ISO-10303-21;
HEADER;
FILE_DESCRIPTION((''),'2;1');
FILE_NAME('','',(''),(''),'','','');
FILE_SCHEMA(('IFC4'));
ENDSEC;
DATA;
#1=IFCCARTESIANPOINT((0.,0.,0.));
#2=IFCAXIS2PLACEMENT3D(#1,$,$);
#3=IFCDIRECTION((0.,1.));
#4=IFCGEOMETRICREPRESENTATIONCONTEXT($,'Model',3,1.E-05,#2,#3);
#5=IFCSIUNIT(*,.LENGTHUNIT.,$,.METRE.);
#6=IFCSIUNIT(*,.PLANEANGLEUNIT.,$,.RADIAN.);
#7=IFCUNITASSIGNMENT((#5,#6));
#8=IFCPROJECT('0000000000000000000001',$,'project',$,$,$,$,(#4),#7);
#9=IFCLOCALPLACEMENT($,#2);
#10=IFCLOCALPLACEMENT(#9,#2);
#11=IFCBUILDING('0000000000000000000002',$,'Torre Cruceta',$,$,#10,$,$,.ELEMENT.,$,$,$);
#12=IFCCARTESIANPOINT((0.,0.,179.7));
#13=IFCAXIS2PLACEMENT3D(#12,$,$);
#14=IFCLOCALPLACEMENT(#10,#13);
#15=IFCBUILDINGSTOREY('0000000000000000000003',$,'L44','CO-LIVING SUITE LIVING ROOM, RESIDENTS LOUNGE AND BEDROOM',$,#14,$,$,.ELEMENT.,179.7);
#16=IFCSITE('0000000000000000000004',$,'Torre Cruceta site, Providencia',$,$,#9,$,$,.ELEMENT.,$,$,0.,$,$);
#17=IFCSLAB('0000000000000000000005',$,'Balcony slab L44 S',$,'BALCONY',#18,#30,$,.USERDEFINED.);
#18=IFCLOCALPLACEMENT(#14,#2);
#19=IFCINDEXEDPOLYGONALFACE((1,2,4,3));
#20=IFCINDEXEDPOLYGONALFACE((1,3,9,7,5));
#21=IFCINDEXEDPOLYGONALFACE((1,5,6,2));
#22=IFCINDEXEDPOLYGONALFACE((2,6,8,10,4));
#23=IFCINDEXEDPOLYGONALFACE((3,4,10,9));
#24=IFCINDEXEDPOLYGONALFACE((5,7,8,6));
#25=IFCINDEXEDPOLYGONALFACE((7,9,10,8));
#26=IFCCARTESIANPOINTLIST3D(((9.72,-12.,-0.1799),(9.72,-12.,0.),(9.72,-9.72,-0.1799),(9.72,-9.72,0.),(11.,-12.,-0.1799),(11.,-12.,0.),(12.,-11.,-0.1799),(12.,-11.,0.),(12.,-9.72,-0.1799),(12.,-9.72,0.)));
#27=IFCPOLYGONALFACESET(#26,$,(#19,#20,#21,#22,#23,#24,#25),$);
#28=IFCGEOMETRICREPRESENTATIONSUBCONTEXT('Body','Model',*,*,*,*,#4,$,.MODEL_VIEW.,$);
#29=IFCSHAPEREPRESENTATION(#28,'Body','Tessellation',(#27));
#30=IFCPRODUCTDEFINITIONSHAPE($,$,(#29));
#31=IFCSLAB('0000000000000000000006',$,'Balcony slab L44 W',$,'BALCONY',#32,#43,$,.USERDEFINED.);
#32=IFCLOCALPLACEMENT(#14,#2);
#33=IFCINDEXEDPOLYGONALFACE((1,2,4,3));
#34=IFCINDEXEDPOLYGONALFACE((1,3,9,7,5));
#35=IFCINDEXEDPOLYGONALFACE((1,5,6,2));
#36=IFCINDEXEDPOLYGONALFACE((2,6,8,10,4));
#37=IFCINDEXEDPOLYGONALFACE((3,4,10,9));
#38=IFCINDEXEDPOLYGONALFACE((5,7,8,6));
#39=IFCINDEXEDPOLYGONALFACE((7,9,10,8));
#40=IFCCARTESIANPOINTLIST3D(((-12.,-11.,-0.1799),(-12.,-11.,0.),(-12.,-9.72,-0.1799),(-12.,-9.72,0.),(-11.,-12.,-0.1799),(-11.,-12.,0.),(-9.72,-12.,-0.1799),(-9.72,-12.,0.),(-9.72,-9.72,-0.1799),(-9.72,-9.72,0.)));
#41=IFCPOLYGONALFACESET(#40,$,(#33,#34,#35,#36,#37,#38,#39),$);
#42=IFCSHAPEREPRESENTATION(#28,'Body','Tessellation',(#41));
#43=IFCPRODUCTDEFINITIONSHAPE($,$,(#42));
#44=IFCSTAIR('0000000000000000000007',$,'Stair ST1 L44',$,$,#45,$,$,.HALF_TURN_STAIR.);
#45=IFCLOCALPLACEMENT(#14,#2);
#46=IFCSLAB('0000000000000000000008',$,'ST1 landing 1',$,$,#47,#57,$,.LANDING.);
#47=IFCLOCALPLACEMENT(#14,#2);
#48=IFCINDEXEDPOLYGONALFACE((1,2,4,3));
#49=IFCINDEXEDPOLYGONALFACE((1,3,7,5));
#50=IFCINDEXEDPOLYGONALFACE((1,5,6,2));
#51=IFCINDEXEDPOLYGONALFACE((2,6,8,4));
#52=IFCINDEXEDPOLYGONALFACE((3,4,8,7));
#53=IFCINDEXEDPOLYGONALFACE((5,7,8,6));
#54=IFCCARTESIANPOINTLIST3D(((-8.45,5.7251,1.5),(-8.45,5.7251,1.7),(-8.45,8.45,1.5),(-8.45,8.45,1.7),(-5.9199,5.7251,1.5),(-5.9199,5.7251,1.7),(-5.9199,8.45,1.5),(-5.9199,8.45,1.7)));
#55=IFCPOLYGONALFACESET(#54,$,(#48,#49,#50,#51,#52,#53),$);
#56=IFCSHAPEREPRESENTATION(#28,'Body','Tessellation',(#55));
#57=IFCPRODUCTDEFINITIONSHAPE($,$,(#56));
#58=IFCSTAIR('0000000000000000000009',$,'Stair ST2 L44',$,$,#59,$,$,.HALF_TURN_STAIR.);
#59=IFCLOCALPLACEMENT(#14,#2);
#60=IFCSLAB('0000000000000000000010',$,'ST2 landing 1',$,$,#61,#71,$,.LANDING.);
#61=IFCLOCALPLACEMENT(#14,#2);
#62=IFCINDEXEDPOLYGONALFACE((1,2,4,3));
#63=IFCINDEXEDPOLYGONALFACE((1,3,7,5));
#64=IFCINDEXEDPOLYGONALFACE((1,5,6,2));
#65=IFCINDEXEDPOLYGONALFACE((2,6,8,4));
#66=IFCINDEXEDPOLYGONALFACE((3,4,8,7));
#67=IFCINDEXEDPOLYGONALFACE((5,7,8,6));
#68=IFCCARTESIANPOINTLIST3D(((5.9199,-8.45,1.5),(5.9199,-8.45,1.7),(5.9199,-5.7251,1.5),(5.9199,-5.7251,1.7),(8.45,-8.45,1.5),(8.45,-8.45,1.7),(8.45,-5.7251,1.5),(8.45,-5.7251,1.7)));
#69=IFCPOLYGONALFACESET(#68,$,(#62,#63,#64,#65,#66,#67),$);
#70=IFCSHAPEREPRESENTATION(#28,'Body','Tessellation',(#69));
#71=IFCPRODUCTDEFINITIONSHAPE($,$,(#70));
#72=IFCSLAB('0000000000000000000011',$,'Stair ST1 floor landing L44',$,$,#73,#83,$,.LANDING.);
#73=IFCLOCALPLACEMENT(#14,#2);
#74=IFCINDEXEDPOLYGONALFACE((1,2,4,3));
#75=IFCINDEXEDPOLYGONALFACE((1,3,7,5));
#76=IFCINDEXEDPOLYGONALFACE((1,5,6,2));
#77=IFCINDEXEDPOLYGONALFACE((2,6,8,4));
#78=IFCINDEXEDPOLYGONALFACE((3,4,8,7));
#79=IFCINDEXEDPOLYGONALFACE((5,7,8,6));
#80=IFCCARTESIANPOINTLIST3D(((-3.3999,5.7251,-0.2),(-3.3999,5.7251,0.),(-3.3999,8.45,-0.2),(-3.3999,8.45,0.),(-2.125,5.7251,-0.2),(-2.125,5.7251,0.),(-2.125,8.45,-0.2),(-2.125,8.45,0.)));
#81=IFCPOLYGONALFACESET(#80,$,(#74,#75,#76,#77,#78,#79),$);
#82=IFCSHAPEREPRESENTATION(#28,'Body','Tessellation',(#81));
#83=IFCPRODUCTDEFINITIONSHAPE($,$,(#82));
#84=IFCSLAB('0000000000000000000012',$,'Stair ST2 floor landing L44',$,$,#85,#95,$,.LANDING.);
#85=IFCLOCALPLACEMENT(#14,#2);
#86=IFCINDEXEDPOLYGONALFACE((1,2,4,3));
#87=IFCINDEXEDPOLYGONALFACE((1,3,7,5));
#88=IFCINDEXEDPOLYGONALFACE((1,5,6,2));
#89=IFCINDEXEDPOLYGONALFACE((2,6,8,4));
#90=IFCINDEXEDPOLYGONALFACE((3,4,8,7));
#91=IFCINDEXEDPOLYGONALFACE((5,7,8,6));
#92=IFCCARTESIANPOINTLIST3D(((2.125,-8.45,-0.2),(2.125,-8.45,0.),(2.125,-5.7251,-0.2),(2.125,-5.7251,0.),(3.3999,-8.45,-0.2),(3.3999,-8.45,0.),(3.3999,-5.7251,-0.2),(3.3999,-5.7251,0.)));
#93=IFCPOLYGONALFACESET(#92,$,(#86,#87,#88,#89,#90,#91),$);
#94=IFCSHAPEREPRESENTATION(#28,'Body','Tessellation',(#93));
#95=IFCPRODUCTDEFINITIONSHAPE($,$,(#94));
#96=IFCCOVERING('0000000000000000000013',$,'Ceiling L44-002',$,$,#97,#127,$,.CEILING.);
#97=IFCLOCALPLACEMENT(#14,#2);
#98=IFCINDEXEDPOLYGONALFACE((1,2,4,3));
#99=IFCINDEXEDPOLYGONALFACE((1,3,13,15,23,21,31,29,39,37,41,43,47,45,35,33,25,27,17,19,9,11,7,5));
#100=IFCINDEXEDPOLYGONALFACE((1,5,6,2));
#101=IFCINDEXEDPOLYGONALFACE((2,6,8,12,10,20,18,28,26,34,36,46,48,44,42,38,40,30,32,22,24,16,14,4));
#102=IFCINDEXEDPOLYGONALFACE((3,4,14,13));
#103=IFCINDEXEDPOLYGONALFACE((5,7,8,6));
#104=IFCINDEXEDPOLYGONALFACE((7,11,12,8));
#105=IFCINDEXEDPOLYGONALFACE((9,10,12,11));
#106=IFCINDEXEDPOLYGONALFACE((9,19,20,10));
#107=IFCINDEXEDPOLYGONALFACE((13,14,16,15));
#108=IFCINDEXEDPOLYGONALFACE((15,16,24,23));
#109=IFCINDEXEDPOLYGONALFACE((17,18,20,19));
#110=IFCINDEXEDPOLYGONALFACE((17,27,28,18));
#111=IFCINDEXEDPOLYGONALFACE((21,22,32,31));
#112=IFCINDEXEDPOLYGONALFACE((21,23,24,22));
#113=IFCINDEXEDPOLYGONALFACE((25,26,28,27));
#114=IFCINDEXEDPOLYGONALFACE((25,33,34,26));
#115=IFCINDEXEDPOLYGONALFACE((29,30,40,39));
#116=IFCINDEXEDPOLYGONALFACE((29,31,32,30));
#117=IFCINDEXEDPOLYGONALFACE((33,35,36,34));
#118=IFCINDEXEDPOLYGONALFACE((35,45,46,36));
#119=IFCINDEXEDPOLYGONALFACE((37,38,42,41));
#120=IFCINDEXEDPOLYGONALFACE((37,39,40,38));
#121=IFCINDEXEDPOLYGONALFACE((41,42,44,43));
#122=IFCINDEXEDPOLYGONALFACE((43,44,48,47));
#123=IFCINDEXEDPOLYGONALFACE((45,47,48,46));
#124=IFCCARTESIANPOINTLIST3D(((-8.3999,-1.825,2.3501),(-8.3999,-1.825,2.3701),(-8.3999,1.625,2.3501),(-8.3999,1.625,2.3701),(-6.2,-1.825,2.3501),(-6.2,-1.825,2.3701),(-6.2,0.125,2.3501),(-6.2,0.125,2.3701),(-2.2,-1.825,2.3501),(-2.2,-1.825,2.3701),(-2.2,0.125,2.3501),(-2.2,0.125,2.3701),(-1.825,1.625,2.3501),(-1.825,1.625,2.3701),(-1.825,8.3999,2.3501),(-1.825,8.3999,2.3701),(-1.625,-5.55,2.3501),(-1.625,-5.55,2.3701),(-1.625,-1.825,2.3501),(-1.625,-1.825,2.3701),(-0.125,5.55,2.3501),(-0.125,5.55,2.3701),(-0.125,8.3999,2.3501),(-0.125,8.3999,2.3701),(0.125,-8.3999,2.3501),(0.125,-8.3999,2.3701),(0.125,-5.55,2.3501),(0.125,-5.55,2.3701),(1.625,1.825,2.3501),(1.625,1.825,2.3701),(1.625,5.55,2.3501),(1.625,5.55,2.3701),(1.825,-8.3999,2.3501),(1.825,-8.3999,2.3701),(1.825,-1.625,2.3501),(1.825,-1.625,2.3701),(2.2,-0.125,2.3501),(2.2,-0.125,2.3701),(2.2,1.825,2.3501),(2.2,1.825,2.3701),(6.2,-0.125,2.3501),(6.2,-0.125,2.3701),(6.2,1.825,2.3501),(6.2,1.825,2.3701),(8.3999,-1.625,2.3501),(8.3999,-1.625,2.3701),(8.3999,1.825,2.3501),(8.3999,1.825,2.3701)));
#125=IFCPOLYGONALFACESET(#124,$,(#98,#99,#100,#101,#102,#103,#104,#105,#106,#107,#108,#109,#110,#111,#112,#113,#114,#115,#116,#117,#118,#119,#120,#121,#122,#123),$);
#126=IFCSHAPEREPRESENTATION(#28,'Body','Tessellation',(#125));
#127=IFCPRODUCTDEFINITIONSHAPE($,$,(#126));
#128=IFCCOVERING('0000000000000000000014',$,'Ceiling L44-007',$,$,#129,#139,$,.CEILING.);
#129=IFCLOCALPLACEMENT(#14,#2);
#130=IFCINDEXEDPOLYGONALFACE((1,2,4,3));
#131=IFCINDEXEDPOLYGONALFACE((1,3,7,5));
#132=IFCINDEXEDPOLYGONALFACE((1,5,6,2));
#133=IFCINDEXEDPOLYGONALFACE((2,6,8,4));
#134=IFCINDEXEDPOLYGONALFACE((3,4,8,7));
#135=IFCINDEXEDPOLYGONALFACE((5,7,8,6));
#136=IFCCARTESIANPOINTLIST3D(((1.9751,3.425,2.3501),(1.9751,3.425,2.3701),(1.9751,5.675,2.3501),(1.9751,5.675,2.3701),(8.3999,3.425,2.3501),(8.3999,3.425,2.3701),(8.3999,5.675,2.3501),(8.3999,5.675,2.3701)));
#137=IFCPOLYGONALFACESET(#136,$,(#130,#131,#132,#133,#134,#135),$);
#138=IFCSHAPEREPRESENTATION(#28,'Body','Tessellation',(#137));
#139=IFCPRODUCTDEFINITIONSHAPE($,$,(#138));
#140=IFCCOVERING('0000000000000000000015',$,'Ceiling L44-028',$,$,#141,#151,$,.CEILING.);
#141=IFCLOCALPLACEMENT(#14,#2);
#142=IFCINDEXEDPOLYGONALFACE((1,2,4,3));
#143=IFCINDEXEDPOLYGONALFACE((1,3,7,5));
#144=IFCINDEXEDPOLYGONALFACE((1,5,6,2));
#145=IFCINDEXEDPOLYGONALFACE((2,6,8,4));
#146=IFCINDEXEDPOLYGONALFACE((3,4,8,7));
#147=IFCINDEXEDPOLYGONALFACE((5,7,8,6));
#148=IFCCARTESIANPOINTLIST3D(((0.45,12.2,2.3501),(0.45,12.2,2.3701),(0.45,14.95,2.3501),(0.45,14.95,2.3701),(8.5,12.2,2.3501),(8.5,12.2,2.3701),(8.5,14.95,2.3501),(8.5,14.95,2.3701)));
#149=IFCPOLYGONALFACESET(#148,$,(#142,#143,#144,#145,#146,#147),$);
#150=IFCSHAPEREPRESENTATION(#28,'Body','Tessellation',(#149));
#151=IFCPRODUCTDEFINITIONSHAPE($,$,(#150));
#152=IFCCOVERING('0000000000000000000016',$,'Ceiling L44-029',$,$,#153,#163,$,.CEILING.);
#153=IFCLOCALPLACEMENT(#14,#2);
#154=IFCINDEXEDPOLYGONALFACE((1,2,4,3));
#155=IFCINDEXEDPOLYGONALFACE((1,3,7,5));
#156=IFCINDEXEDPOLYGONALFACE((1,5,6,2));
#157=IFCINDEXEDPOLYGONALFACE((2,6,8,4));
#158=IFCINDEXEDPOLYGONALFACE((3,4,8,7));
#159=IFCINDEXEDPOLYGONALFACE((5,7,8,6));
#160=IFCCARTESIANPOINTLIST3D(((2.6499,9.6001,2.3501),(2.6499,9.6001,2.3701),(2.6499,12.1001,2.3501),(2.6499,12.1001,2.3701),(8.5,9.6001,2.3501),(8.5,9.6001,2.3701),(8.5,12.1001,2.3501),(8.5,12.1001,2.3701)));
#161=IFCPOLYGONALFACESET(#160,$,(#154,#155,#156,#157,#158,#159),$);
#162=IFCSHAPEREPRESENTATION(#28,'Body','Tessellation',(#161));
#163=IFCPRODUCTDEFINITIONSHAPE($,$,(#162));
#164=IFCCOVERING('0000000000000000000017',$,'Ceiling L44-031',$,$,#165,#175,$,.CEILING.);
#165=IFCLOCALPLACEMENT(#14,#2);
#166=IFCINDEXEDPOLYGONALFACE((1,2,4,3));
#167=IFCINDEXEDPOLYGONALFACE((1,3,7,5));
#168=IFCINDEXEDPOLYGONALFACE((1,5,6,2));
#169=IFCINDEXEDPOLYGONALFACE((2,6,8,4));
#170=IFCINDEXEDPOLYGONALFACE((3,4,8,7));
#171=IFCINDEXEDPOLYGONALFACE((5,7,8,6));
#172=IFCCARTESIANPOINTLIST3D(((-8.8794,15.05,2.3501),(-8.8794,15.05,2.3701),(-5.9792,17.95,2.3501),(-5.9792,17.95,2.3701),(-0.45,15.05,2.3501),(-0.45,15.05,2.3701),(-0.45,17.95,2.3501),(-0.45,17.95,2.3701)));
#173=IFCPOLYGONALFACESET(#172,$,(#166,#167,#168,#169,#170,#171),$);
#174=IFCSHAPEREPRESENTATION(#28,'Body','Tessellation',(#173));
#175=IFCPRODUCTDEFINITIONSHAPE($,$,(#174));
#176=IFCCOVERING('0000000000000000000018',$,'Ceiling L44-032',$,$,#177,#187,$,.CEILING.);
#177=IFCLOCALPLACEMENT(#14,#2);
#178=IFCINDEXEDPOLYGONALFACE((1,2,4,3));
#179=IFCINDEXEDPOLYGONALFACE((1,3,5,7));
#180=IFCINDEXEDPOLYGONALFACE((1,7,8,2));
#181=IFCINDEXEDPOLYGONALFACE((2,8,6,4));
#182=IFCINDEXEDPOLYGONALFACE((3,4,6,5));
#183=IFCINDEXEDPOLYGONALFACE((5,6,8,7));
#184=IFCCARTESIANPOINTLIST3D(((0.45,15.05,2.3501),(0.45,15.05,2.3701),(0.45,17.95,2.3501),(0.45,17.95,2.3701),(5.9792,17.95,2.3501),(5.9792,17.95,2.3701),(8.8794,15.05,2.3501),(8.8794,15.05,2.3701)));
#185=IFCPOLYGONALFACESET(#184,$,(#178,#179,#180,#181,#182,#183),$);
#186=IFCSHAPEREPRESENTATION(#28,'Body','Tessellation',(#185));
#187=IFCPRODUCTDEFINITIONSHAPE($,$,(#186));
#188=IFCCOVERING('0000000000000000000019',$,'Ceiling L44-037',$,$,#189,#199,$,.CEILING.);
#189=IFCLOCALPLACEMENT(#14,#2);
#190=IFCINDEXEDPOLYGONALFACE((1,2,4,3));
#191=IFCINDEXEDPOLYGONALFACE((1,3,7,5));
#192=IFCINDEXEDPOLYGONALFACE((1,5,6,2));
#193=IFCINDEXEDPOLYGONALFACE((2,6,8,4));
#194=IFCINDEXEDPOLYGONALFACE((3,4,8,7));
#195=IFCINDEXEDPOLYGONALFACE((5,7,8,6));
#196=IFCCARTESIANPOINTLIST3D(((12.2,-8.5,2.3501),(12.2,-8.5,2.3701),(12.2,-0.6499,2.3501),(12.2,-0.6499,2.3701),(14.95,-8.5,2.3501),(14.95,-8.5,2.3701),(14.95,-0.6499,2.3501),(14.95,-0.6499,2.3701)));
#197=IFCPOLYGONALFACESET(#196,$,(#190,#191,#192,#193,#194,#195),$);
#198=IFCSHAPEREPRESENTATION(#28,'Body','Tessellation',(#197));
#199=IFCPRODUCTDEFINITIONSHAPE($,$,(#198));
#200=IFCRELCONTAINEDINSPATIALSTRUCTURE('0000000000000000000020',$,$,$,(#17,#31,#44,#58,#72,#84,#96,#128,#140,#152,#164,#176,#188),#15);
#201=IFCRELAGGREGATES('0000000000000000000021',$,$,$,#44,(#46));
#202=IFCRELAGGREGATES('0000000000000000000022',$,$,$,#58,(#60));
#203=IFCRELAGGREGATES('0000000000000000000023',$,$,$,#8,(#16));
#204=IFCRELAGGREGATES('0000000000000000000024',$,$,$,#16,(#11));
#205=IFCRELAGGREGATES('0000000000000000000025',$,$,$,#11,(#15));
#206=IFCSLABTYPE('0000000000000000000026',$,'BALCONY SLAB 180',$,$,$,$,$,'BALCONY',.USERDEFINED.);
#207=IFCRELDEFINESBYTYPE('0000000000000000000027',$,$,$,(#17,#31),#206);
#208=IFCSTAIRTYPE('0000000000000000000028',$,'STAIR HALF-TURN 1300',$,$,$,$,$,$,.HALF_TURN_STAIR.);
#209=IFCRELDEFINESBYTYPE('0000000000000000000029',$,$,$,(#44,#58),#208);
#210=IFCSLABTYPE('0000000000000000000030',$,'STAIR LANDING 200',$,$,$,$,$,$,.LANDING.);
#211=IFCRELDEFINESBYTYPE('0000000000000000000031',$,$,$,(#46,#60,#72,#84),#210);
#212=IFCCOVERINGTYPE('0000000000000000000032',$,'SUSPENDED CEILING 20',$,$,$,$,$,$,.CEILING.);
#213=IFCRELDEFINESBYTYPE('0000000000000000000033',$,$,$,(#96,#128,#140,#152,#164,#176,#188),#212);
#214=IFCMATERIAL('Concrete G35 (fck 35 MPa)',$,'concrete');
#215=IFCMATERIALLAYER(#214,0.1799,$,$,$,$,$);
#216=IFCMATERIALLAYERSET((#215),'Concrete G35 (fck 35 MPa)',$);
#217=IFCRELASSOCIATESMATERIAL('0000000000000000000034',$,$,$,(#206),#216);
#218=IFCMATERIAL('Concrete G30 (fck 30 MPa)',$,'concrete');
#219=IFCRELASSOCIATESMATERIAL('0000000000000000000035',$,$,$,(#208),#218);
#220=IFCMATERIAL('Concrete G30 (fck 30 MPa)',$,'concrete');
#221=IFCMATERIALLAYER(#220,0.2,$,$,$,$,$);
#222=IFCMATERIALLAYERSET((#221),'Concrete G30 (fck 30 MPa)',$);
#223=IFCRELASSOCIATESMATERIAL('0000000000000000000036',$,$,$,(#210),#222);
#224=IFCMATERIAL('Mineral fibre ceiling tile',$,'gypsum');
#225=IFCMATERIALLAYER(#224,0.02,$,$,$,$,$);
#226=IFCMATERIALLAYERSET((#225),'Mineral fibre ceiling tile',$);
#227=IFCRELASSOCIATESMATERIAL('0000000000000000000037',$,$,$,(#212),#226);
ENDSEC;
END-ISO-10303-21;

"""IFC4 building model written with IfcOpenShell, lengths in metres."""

from ifc_helpers import new_model, si_unit, direction, frame, origin, place, context, subcontext, project, spatial, polyline, outline, extrude, material, layer, layer_set, type_object, element, aggregate, save


model = new_model("IFC4")

# Units and contexts
model_context = context("Model", 3, precision=1e-05, world=origin(), true_north=direction((0.0, 1.0)))
body_context = subcontext(model_context, "Body", "Model", "MODEL_VIEW")
ifc_project = project(units=[si_unit("LENGTHUNIT", "METRE"), si_unit("PLANEANGLEUNIT", "RADIAN")], contexts=[model_context])

# Site, building, storey
site_placement = place(None, origin())
site = spatial("IfcSite", under=ifc_project, at=site_placement, Name="Torre Cruceta site, Providencia", CompositionType="ELEMENT", RefElevation=0.0)
building_placement = place(site_placement, origin())
building = spatial("IfcBuilding", under=site, at=building_placement, Name="Torre Cruceta", CompositionType="ELEMENT")
storey_placement = place(building_placement, frame((0.0, 0.0, 179.7)))
storey = spatial("IfcBuildingStorey", under=building, at=storey_placement, Name="L44", Description="CO-LIVING SUITE LIVING ROOM, RESIDENTS LOUNGE AND BEDROOM", CompositionType="ELEMENT", Elevation=179.7)

# Slabs
ifc_material_1 = material(Name="Concrete G35 (fck 35 MPa)", Category="concrete")
ifc_layer_1 = layer(ifc_material_1, 0.1799)
ifc_layer_set_1 = layer_set([ifc_layer_1], Name="Concrete G35 (fck 35 MPa)")
slab_type_1 = type_object("IfcSlabType", Name="BALCONY SLAB 180", ElementType="BALCONY", PredefinedType="USERDEFINED", material=ifc_layer_set_1)
slab_1_placement = place(storey_placement, frame((0.0, 0.0, -0.1799)))
element("IfcSlab", 1, at=slab_1_placement, inside=storey, type_object=slab_type_1, Name="Balcony slab L44 S", ObjectType="BALCONY", PredefinedType="USERDEFINED", context=body_context, shape_type="SweptSolid", body=[
    extrude(outline(polyline([(12.0, -11.0), (11.0, -12.0), (9.72, -12.0), (9.72, -9.72), (12.0, -9.72), (12.0, -11.0)])), origin(), (0.0, 0.0, 1.0), 0.1799),
])
slab_2_placement = place(storey_placement, frame((0.0, 0.0, -0.1799)))
element("IfcSlab", 2, at=slab_2_placement, inside=storey, type_object=slab_type_1, Name="Balcony slab L44 W", ObjectType="BALCONY", PredefinedType="USERDEFINED", context=body_context, shape_type="SweptSolid", body=[
    extrude(outline(polyline([(-11.0, -12.0), (-12.0, -11.0), (-12.0, -9.72), (-9.72, -9.72), (-9.72, -12.0), (-11.0, -12.0)])), origin(), (0.0, 0.0, 1.0), 0.1799),
])

# Stairs, slabs
ifc_material_2 = material(Name="Concrete G30 (fck 30 MPa)", Category="concrete")
stair_type = type_object("IfcStairType", Name="STAIR HALF-TURN 1300", PredefinedType="HALF_TURN_STAIR", material=ifc_material_2)
stair_1_placement = place(storey_placement, origin())
stair_1 = element("IfcStair", 3, at=stair_1_placement, inside=storey, type_object=stair_type, Name="Stair ST1 L44", PredefinedType="HALF_TURN_STAIR")
ifc_material_3 = material(Name="Concrete G30 (fck 30 MPa)", Category="concrete")
ifc_layer_2 = layer(ifc_material_3, 0.2)
ifc_layer_set_2 = layer_set([ifc_layer_2], Name="Concrete G30 (fck 30 MPa)")
slab_type_2 = type_object("IfcSlabType", Name="STAIR LANDING 200", PredefinedType="LANDING", material=ifc_layer_set_2)
slab_3_placement = place(storey_placement, frame((0.0, 0.0, 1.5)))
slab_3 = element("IfcSlab", 4, at=slab_3_placement, type_object=slab_type_2, Name="ST1 landing 1", PredefinedType="LANDING", context=body_context, shape_type="SweptSolid", body=[
    extrude(outline(polyline([(-8.45, 5.7251), (-5.9199, 5.7251), (-5.9199, 8.45), (-8.45, 8.45), (-8.45, 5.7251)])), origin(), (0.0, 0.0, 1.0), 0.2),
])
aggregate(stair_1, [slab_3])
stair_2_placement = place(storey_placement, origin())
stair_2 = element("IfcStair", 5, at=stair_2_placement, inside=storey, type_object=stair_type, Name="Stair ST2 L44", PredefinedType="HALF_TURN_STAIR")
slab_4_placement = place(storey_placement, frame((0.0, 0.0, 1.5)))
slab_4 = element("IfcSlab", 6, at=slab_4_placement, type_object=slab_type_2, Name="ST2 landing 1", PredefinedType="LANDING", context=body_context, shape_type="SweptSolid", body=[
    extrude(outline(polyline([(5.9199, -8.45), (8.45, -8.45), (8.45, -5.7251), (5.9199, -5.7251), (5.9199, -8.45)])), origin(), (0.0, 0.0, 1.0), 0.2),
])
aggregate(stair_2, [slab_4])

# Slabs
slab_5_placement = place(storey_placement, frame((0.0, 0.0, -0.2)))
element("IfcSlab", 7, at=slab_5_placement, inside=storey, type_object=slab_type_2, Name="Stair ST1 floor landing L44", PredefinedType="LANDING", context=body_context, shape_type="SweptSolid", body=[
    extrude(outline(polyline([(-2.125, 8.45), (-2.125, 5.7251), (-3.3999, 5.7251), (-3.3999, 8.45), (-2.125, 8.45)])), origin(), (0.0, 0.0, 1.0), 0.2),
])
slab_6_placement = place(storey_placement, frame((0.0, 0.0, -0.2)))
element("IfcSlab", 8, at=slab_6_placement, inside=storey, type_object=slab_type_2, Name="Stair ST2 floor landing L44", PredefinedType="LANDING", context=body_context, shape_type="SweptSolid", body=[
    extrude(outline(polyline([(2.125, -8.45), (2.125, -5.7251), (3.3999, -5.7251), (3.3999, -8.45), (2.125, -8.45)])), origin(), (0.0, 0.0, 1.0), 0.2),
])

# Coverings
ifc_material_4 = material(Name="Mineral fibre ceiling tile", Category="gypsum")
ifc_layer_3 = layer(ifc_material_4, 0.02)
ifc_layer_set_3 = layer_set([ifc_layer_3], Name="Mineral fibre ceiling tile")
covering_type = type_object("IfcCoveringType", Name="SUSPENDED CEILING 20", PredefinedType="CEILING", material=ifc_layer_set_3)
covering_1_placement = place(storey_placement, frame((0.0, 0.0, 2.3501)))
element("IfcCovering", 9, at=covering_1_placement, inside=storey, type_object=covering_type, Name="Ceiling L44-002", PredefinedType="CEILING", context=body_context, shape_type="SweptSolid", body=[
    extrude(outline(polyline([(1.825, -8.3999), (0.125, -8.3999), (0.125, -5.55), (-1.625, -5.55), (-1.625, -1.825), (-2.2, -1.825), (-2.2, 0.125), (-6.2, 0.125), (-6.2, -1.825), (-8.3999, -1.825), (-8.3999, 1.625), (-1.825, 1.625), (-1.825, 8.3999), (-0.125, 8.3999), (-0.125, 5.55), (1.625, 5.55), (1.625, 1.825), (2.2, 1.825), (2.2, -0.125), (6.2, -0.125), (6.2, 1.825), (8.3999, 1.825), (8.3999, -1.625), (1.825, -1.625), (1.825, -8.3999)])), origin(), (0.0, 0.0, 1.0), 0.02),
])
covering_2_placement = place(storey_placement, frame((0.0, 0.0, 2.3501)))
element("IfcCovering", 10, at=covering_2_placement, inside=storey, type_object=covering_type, Name="Ceiling L44-007", PredefinedType="CEILING", context=body_context, shape_type="SweptSolid", body=[
    extrude(outline(polyline([(1.9751, 3.425), (1.9751, 5.675), (8.3999, 5.675), (8.3999, 3.425), (1.9751, 3.425)])), origin(), (0.0, 0.0, 1.0), 0.02),
])
covering_3_placement = place(storey_placement, frame((0.0, 0.0, 2.3501)))
element("IfcCovering", 11, at=covering_3_placement, inside=storey, type_object=covering_type, Name="Ceiling L44-028", PredefinedType="CEILING", context=body_context, shape_type="SweptSolid", body=[
    extrude(outline(polyline([(8.5, 14.95), (8.5, 12.2), (0.45, 12.2), (0.45, 14.95), (8.5, 14.95)])), origin(), (0.0, 0.0, 1.0), 0.02),
])
covering_4_placement = place(storey_placement, frame((0.0, 0.0, 2.3501)))
element("IfcCovering", 12, at=covering_4_placement, inside=storey, type_object=covering_type, Name="Ceiling L44-029", PredefinedType="CEILING", context=body_context, shape_type="SweptSolid", body=[
    extrude(outline(polyline([(8.5, 9.6001), (2.6499, 9.6001), (2.6499, 12.1001), (8.5, 12.1001), (8.5, 9.6001)])), origin(), (0.0, 0.0, 1.0), 0.02),
])
covering_5_placement = place(storey_placement, frame((0.0, 0.0, 2.3501)))
element("IfcCovering", 13, at=covering_5_placement, inside=storey, type_object=covering_type, Name="Ceiling L44-031", PredefinedType="CEILING", context=body_context, shape_type="SweptSolid", body=[
    extrude(outline(polyline([(-5.9792, 17.95), (-0.45, 17.95), (-0.45, 15.05), (-8.8794, 15.05), (-5.9792, 17.95)])), origin(), (0.0, 0.0, 1.0), 0.02),
])
covering_6_placement = place(storey_placement, frame((0.0, 0.0, 2.3501)))
element("IfcCovering", 14, at=covering_6_placement, inside=storey, type_object=covering_type, Name="Ceiling L44-032", PredefinedType="CEILING", context=body_context, shape_type="SweptSolid", body=[
    extrude(outline(polyline([(8.8794, 15.05), (0.45, 15.05), (0.45, 17.95), (5.9792, 17.95), (8.8794, 15.05)])), origin(), (0.0, 0.0, 1.0), 0.02),
])
covering_7_placement = place(storey_placement, frame((0.0, 0.0, 2.3501)))
element("IfcCovering", 15, at=covering_7_placement, inside=storey, type_object=covering_type, Name="Ceiling L44-037", PredefinedType="CEILING", context=body_context, shape_type="SweptSolid", body=[
    extrude(outline(polyline([(14.95, -8.5), (12.2, -8.5), (12.2, -0.6499), (14.95, -0.6499), (14.95, -8.5)])), origin(), (0.0, 0.0, 1.0), 0.02),
])

save(model, "model.ifc")
